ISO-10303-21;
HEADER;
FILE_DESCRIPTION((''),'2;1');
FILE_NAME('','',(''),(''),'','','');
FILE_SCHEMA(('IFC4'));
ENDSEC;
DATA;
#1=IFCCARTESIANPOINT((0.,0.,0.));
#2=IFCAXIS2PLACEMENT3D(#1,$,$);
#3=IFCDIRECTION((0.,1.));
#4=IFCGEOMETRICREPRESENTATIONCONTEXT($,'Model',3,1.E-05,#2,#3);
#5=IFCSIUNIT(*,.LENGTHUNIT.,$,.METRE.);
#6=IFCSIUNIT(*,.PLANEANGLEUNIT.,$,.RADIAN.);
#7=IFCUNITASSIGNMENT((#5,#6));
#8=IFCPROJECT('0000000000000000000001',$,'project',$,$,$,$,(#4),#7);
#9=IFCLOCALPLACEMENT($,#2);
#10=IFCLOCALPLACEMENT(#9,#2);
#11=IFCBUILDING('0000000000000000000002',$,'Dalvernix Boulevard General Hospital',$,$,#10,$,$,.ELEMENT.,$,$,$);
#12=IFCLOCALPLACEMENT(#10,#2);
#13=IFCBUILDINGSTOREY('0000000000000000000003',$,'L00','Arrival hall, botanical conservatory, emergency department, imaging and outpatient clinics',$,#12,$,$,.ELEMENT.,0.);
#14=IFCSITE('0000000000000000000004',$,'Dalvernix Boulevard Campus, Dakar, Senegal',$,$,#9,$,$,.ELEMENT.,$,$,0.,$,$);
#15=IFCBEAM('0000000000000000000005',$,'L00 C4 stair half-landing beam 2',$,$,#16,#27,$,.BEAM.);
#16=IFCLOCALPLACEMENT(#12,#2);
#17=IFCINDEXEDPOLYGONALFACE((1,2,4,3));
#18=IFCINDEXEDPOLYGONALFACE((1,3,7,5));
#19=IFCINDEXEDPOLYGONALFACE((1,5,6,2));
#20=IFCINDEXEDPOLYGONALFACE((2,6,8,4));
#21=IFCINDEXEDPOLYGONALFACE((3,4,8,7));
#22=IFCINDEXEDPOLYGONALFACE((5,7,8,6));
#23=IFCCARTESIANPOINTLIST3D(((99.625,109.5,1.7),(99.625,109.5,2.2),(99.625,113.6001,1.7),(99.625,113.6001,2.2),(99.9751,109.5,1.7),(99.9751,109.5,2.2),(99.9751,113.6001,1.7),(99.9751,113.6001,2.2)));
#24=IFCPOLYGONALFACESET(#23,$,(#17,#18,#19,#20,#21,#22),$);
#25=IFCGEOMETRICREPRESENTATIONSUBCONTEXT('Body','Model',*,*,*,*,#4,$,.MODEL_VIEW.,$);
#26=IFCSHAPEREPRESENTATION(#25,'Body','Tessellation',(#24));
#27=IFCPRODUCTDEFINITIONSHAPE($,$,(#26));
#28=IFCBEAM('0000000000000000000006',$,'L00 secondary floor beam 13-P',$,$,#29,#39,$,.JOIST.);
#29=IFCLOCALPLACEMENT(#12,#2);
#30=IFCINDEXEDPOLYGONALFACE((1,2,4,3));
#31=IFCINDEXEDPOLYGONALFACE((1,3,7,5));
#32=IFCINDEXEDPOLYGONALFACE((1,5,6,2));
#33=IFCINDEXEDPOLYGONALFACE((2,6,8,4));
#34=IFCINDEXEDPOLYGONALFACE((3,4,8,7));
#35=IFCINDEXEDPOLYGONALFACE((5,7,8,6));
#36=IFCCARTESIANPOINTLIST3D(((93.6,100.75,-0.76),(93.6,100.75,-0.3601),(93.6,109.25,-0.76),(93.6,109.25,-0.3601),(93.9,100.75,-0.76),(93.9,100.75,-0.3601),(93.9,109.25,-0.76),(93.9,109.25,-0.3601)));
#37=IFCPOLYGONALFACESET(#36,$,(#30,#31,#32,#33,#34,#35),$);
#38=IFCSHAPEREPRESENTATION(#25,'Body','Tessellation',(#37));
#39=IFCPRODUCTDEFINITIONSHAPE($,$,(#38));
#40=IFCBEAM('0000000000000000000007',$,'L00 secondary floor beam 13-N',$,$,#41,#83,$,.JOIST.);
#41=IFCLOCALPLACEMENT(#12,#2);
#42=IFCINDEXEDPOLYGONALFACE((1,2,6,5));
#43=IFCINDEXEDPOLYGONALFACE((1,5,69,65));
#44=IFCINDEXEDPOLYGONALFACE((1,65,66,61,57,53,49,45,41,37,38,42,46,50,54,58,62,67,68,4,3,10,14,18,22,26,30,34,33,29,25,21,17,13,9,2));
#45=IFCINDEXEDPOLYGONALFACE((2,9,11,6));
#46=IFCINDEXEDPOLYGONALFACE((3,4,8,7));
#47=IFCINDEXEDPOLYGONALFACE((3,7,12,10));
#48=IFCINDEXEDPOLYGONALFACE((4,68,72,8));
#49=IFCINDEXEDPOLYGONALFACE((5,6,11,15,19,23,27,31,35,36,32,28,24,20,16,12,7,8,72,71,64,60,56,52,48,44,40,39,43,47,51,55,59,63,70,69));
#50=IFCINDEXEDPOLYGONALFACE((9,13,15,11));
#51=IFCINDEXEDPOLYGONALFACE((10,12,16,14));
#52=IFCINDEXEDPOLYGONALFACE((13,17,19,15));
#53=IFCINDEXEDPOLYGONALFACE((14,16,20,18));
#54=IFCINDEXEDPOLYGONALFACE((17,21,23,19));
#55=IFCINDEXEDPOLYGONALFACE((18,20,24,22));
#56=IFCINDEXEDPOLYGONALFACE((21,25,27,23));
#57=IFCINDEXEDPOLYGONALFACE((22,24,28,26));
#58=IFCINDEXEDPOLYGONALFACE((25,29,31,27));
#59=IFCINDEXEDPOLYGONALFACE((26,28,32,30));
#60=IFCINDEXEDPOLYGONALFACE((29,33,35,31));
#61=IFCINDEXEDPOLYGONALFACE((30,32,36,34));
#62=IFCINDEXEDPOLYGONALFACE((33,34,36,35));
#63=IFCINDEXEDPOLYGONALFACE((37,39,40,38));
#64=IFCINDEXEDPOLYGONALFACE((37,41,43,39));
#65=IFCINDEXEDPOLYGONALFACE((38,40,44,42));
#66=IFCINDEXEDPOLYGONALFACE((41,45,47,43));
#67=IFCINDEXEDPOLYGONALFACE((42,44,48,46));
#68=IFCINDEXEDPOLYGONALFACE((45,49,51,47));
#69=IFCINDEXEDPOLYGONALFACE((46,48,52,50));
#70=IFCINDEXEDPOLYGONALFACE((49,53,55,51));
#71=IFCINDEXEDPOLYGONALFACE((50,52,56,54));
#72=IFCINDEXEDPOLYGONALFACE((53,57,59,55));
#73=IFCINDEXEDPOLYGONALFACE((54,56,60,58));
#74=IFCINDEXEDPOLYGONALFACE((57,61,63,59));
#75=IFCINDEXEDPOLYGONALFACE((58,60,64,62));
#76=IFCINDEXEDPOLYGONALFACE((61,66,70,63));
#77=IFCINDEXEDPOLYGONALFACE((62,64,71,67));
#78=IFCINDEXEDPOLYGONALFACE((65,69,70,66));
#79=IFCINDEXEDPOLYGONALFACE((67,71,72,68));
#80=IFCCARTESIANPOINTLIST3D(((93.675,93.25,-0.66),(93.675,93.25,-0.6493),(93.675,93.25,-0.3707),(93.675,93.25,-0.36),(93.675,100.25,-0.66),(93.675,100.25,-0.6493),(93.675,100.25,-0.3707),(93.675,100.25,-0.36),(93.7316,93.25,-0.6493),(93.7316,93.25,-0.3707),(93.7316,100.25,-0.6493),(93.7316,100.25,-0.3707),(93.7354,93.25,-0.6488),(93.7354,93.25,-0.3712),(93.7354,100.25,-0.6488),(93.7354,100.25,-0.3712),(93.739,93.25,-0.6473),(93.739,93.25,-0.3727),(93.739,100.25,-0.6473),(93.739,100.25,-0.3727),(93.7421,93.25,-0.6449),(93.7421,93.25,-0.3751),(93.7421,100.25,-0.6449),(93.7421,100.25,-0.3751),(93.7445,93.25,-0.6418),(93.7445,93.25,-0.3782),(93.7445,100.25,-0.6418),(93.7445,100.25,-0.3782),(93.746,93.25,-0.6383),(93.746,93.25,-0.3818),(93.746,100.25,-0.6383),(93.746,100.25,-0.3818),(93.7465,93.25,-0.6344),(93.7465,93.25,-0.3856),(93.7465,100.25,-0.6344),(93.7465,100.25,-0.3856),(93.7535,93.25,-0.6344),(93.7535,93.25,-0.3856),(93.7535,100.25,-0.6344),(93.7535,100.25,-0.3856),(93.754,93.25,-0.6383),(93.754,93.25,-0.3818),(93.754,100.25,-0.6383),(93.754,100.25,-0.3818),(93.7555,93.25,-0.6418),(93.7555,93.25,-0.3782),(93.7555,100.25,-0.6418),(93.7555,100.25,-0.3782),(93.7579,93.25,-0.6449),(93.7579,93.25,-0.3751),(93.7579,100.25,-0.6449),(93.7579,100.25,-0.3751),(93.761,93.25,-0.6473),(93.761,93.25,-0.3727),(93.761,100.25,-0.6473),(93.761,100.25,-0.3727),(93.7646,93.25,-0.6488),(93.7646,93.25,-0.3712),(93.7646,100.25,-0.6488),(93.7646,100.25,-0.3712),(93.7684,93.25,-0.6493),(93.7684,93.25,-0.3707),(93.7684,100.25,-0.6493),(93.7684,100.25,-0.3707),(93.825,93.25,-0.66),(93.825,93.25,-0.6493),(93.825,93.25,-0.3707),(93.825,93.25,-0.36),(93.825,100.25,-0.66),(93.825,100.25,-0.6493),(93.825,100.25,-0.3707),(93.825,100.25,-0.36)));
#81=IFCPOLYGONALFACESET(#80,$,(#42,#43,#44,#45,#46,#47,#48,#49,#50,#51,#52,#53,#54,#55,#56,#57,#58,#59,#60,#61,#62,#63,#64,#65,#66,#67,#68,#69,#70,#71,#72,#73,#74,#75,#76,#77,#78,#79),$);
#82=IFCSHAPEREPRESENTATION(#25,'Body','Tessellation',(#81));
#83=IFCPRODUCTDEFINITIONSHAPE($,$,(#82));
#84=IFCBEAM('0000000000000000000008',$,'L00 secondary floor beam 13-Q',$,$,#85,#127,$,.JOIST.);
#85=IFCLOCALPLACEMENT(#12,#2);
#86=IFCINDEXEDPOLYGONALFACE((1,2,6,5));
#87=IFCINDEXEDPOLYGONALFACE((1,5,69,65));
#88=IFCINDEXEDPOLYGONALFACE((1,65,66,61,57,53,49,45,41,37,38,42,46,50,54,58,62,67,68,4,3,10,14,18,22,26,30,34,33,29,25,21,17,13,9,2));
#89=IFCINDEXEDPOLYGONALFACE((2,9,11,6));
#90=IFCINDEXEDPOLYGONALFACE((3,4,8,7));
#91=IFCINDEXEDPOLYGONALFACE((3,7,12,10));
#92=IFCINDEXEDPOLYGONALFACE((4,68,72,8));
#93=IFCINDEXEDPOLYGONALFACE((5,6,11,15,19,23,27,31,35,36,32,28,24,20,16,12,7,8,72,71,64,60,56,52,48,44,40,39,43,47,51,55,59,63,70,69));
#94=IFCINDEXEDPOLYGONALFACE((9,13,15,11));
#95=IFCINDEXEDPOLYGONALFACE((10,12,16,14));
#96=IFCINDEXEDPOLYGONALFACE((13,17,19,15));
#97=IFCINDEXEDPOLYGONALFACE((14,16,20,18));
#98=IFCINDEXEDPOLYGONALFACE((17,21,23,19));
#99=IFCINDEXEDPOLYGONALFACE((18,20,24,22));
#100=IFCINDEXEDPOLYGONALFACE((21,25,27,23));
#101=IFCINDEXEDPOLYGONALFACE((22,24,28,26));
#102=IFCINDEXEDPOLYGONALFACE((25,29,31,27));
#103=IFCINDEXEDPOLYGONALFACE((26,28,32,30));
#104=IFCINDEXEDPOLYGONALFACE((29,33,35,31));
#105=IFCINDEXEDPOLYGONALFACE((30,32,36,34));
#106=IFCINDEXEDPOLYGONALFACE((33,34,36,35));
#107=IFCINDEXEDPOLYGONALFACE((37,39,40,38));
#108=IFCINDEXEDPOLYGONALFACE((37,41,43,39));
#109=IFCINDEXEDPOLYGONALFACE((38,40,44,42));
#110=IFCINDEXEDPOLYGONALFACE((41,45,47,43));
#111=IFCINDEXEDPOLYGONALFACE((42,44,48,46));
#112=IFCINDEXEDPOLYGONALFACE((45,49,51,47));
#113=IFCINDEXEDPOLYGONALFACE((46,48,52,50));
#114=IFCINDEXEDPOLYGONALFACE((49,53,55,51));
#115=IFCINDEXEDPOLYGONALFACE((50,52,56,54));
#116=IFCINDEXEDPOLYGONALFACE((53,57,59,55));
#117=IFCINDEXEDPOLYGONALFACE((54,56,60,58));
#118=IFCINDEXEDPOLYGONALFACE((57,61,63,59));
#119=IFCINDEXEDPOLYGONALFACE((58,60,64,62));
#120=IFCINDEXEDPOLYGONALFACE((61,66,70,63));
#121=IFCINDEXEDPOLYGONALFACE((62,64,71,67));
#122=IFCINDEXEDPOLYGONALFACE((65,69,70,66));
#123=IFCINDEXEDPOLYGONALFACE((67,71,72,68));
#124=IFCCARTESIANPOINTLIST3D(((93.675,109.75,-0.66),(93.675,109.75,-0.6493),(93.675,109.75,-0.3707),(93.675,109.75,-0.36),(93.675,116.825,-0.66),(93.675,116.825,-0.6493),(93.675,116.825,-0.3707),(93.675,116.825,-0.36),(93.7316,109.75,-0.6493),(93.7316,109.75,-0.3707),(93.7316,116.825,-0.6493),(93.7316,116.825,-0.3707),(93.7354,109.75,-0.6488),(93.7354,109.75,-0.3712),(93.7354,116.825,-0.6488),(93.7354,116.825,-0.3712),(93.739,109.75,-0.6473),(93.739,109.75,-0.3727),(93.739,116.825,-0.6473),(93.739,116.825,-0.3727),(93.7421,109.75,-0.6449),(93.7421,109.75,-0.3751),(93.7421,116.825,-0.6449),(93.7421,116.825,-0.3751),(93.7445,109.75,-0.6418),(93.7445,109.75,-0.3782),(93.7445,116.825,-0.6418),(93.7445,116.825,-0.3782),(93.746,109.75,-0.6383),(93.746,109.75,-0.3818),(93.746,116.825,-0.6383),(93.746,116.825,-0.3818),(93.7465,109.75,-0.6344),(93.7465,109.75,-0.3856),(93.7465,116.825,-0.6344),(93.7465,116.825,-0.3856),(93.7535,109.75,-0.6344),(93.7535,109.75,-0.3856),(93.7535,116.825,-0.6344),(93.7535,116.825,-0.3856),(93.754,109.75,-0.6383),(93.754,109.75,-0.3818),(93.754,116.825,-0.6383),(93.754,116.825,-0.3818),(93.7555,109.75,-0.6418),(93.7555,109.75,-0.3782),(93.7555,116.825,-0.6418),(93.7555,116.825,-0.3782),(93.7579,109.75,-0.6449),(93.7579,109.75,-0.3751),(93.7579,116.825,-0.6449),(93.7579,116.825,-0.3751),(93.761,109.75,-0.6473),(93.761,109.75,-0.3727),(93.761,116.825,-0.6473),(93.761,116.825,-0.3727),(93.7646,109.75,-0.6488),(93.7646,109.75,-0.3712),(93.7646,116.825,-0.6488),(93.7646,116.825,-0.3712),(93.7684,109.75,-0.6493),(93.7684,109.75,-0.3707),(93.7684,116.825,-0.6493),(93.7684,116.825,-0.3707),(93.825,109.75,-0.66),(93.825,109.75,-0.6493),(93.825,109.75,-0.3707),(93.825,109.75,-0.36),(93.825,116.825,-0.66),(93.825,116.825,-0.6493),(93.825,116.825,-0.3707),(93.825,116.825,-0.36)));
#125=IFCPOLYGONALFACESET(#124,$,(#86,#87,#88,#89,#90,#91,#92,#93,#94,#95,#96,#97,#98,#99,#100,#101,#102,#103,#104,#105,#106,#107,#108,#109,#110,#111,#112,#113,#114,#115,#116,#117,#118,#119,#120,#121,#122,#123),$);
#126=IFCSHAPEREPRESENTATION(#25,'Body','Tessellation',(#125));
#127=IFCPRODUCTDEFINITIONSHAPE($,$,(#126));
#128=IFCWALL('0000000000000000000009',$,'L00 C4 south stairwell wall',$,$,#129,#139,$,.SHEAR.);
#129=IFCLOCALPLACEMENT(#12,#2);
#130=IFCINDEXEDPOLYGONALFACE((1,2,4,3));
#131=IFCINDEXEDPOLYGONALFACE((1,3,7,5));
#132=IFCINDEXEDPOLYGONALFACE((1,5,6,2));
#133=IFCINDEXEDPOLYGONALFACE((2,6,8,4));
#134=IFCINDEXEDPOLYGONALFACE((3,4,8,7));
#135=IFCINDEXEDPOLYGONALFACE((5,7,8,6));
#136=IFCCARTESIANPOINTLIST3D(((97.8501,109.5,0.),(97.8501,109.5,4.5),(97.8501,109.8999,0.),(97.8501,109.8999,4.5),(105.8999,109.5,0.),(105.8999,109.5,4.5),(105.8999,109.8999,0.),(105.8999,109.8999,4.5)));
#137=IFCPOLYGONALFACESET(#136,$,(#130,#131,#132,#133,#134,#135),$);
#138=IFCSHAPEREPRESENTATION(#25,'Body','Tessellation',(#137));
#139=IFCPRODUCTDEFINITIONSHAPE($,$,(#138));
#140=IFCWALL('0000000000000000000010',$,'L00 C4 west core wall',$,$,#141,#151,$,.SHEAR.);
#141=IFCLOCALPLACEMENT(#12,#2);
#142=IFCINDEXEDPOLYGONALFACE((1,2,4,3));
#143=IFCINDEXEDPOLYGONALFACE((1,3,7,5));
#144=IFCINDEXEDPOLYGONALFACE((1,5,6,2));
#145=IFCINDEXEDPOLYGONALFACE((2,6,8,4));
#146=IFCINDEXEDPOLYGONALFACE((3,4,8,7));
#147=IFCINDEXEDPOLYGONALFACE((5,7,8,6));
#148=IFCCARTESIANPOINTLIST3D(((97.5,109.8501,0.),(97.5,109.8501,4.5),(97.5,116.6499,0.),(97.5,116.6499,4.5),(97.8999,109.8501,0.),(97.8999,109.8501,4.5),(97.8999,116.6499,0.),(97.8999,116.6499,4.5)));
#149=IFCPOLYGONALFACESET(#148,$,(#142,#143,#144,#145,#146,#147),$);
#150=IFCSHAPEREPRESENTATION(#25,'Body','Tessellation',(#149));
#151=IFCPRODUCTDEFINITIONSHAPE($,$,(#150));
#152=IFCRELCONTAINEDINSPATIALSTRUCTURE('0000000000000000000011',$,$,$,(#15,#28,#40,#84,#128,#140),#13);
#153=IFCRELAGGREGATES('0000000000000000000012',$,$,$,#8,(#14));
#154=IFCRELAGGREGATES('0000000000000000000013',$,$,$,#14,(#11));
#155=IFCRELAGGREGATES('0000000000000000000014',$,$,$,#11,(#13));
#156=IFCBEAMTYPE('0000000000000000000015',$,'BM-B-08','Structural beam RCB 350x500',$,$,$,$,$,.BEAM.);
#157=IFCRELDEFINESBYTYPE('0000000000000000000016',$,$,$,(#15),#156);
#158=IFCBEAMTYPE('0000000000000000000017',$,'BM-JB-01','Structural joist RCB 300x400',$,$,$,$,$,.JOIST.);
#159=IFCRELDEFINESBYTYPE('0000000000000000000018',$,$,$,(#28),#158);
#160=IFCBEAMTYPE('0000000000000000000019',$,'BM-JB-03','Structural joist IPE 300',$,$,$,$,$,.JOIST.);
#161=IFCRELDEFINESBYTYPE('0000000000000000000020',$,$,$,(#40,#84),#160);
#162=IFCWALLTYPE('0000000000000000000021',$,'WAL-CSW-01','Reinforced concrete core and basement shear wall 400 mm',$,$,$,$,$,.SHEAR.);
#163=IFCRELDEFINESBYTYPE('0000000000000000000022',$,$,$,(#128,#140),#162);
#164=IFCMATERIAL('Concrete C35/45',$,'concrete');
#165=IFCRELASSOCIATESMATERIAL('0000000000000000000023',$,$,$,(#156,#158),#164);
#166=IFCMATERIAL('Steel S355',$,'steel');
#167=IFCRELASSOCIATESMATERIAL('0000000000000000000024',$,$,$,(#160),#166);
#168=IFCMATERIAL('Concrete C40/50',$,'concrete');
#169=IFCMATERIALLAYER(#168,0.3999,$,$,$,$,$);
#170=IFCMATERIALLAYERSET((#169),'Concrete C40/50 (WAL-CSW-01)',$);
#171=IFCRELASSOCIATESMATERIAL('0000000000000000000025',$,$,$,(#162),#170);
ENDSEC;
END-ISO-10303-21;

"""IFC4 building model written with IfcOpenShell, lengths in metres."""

from ifc_helpers import new_model, si_unit, direction, frame, frame_2d, origin, origin_2d, place, context, subcontext, project, spatial, rectangle, i_section, extrude, material, layer, layer_set, material_profile, profile_set, type_object, element, save


model = new_model("IFC4")

# Units and contexts
model_context = context("Model", 3, precision=1e-05, world=origin(), true_north=direction((0.0, 1.0)))
body_context = subcontext(model_context, "Body", "Model", "MODEL_VIEW")
ifc_project = project(units=[si_unit("LENGTHUNIT", "METRE"), si_unit("PLANEANGLEUNIT", "RADIAN")], contexts=[model_context])

# Site, building, storey
site_placement = place(None, origin())
site = spatial("IfcSite", under=ifc_project, at=site_placement, Name="Dalvernix Boulevard Campus, Dakar, Senegal", CompositionType="ELEMENT", RefElevation=0.0)
building_placement = place(site_placement, origin())
building = spatial("IfcBuilding", under=site, at=building_placement, Name="Dalvernix Boulevard General Hospital", CompositionType="ELEMENT")
storey_placement = place(building_placement, origin())
storey = spatial("IfcBuildingStorey", under=building, at=storey_placement, Name="L00", Description="Arrival hall, botanical conservatory, emergency department, imaging and outpatient clinics", CompositionType="ELEMENT", Elevation=0.0)

# Shared definitions
ifc_material_1 = material(Name="Concrete C40/50", Category="concrete")

# Beams
ifc_material_2 = material(Name="Concrete C35/45", Category="concrete")
ifc_material_profile_1 = material_profile(ifc_material_2, rectangle(XDim=0.3501, YDim=0.5, at=origin_2d()), Name="RCB 350x500")
ifc_profile_set_1 = profile_set([ifc_material_profile_1], Name="Concrete C35/45")
beam_type_1 = type_object("IfcBeamType", Name="BM-B-08", Description="Structural beam RCB 350x500", PredefinedType="BEAM", material=ifc_profile_set_1)
for number, where, z_axis, x_axis, name in (
    (1, (99.8, 109.5, 1.95), (0.0, 1.0, 0.0), (-1.0, 0.0, 0.0), "L00 C4 stair half-landing beam 2"),
):
    element("IfcBeam", number, at=place(storey_placement, frame(where, z_axis=z_axis, x_axis=x_axis)), inside=storey, type_object=beam_type_1, Name=name, PredefinedType="BEAM", context=body_context, shape_type="SweptSolid", body=[
        extrude(rectangle(XDim=0.3501, YDim=0.5, at=origin_2d()), origin(), (0.0, 0.0, 1.0), 4.1001),
    ])
ifc_material_profile_2 = material_profile(ifc_material_2, rectangle(XDim=0.3, YDim=0.3999, at=origin_2d()), Name="RCB 300x400")
ifc_profile_set_2 = profile_set([ifc_material_profile_2], Name="Concrete C35/45")
beam_type_2 = type_object("IfcBeamType", Name="BM-JB-01", Description="Structural joist RCB 300x400", PredefinedType="JOIST", material=ifc_profile_set_2)
beam_1_placement = place(storey_placement, frame((93.75, 100.75, -0.5601), z_axis=(0.0, 1.0, 0.0), x_axis=(-1.0, 0.0, 0.0)))
element("IfcBeam", 2, at=beam_1_placement, inside=storey, type_object=beam_type_2, Name="L00 secondary floor beam 13-P", PredefinedType="JOIST", context=body_context, shape_type="SweptSolid", body=[
    extrude(rectangle(XDim=0.3, YDim=0.3999, at=origin_2d()), origin(), (0.0, 0.0, 1.0), 8.5),
])
ifc_material_3 = material(Name="Steel S355", Category="steel")
ifc_material_profile_3 = material_profile(ifc_material_3, i_section(OverallWidth=0.1499, OverallDepth=0.3, WebThickness=0.0071, FlangeThickness=0.0107, FilletRadius=0.0149, at=origin_2d()), Name="IPE 300")
ifc_profile_set_3 = profile_set([ifc_material_profile_3], Name="Steel S355")
beam_type_3 = type_object("IfcBeamType", Name="BM-JB-03", Description="Structural joist IPE 300", PredefinedType="JOIST", material=ifc_profile_set_3)
beam_2_placement = place(storey_placement, frame((93.75, 93.25, -0.51), z_axis=(0.0, 1.0, 0.0), x_axis=(-1.0, 0.0, 0.0)))
element("IfcBeam", 3, at=beam_2_placement, inside=storey, type_object=beam_type_3, Name="L00 secondary floor beam 13-N", PredefinedType="JOIST", context=body_context, shape_type="SweptSolid", body=[
    extrude(i_section(OverallWidth=0.1499, OverallDepth=0.3, WebThickness=0.0071, FlangeThickness=0.0107, FilletRadius=0.0149, at=origin_2d()), origin(), (0.0, 0.0, 1.0), 7.0),
])
beam_3_placement = place(storey_placement, frame((93.75, 109.75, -0.51), z_axis=(0.0, 1.0, 0.0), x_axis=(-1.0, 0.0, 0.0)))
element("IfcBeam", 4, at=beam_3_placement, inside=storey, type_object=beam_type_3, Name="L00 secondary floor beam 13-Q", PredefinedType="JOIST", context=body_context, shape_type="SweptSolid", body=[
    extrude(i_section(OverallWidth=0.1499, OverallDepth=0.3, WebThickness=0.0071, FlangeThickness=0.0107, FilletRadius=0.0149, at=origin_2d()), origin(), (0.0, 0.0, 1.0), 7.075),
])

# Walls
ifc_layer = layer(ifc_material_1, 0.3999)
ifc_layer_set = layer_set([ifc_layer], Name="Concrete C40/50 (WAL-CSW-01)")
wall_type = type_object("IfcWallType", Name="WAL-CSW-01", Description="Reinforced concrete core and basement shear wall 400 mm", PredefinedType="SHEAR", material=ifc_layer_set)
wall_1_placement = place(storey_placement, frame((97.8501, 109.7, 0.0), z_axis=(0.0, 0.0, 1.0), x_axis=(1.0, 0.0, 0.0)))
element("IfcWall", 5, at=wall_1_placement, inside=storey, type_object=wall_type, Name="L00 C4 south stairwell wall", PredefinedType="SHEAR", context=body_context, shape_type="SweptSolid", body=[
    extrude(rectangle(XDim=8.0498, YDim=0.3999, at=frame_2d((4.0249, 0.0))), origin(), (0.0, 0.0, 1.0), 4.5),
])
wall_2_placement = place(storey_placement, frame((97.7, 109.8501, 0.0), z_axis=(0.0, 0.0, 1.0), x_axis=(0.0, 1.0, 0.0)))
element("IfcWall", 6, at=wall_2_placement, inside=storey, type_object=wall_type, Name="L00 C4 west core wall", PredefinedType="SHEAR", context=body_context, shape_type="SweptSolid", body=[
    extrude(rectangle(XDim=6.7998, YDim=0.3999, at=frame_2d((3.3999, 0.0))), origin(), (0.0, 0.0, 1.0), 4.5),
])

save(model, "model.ifc")
